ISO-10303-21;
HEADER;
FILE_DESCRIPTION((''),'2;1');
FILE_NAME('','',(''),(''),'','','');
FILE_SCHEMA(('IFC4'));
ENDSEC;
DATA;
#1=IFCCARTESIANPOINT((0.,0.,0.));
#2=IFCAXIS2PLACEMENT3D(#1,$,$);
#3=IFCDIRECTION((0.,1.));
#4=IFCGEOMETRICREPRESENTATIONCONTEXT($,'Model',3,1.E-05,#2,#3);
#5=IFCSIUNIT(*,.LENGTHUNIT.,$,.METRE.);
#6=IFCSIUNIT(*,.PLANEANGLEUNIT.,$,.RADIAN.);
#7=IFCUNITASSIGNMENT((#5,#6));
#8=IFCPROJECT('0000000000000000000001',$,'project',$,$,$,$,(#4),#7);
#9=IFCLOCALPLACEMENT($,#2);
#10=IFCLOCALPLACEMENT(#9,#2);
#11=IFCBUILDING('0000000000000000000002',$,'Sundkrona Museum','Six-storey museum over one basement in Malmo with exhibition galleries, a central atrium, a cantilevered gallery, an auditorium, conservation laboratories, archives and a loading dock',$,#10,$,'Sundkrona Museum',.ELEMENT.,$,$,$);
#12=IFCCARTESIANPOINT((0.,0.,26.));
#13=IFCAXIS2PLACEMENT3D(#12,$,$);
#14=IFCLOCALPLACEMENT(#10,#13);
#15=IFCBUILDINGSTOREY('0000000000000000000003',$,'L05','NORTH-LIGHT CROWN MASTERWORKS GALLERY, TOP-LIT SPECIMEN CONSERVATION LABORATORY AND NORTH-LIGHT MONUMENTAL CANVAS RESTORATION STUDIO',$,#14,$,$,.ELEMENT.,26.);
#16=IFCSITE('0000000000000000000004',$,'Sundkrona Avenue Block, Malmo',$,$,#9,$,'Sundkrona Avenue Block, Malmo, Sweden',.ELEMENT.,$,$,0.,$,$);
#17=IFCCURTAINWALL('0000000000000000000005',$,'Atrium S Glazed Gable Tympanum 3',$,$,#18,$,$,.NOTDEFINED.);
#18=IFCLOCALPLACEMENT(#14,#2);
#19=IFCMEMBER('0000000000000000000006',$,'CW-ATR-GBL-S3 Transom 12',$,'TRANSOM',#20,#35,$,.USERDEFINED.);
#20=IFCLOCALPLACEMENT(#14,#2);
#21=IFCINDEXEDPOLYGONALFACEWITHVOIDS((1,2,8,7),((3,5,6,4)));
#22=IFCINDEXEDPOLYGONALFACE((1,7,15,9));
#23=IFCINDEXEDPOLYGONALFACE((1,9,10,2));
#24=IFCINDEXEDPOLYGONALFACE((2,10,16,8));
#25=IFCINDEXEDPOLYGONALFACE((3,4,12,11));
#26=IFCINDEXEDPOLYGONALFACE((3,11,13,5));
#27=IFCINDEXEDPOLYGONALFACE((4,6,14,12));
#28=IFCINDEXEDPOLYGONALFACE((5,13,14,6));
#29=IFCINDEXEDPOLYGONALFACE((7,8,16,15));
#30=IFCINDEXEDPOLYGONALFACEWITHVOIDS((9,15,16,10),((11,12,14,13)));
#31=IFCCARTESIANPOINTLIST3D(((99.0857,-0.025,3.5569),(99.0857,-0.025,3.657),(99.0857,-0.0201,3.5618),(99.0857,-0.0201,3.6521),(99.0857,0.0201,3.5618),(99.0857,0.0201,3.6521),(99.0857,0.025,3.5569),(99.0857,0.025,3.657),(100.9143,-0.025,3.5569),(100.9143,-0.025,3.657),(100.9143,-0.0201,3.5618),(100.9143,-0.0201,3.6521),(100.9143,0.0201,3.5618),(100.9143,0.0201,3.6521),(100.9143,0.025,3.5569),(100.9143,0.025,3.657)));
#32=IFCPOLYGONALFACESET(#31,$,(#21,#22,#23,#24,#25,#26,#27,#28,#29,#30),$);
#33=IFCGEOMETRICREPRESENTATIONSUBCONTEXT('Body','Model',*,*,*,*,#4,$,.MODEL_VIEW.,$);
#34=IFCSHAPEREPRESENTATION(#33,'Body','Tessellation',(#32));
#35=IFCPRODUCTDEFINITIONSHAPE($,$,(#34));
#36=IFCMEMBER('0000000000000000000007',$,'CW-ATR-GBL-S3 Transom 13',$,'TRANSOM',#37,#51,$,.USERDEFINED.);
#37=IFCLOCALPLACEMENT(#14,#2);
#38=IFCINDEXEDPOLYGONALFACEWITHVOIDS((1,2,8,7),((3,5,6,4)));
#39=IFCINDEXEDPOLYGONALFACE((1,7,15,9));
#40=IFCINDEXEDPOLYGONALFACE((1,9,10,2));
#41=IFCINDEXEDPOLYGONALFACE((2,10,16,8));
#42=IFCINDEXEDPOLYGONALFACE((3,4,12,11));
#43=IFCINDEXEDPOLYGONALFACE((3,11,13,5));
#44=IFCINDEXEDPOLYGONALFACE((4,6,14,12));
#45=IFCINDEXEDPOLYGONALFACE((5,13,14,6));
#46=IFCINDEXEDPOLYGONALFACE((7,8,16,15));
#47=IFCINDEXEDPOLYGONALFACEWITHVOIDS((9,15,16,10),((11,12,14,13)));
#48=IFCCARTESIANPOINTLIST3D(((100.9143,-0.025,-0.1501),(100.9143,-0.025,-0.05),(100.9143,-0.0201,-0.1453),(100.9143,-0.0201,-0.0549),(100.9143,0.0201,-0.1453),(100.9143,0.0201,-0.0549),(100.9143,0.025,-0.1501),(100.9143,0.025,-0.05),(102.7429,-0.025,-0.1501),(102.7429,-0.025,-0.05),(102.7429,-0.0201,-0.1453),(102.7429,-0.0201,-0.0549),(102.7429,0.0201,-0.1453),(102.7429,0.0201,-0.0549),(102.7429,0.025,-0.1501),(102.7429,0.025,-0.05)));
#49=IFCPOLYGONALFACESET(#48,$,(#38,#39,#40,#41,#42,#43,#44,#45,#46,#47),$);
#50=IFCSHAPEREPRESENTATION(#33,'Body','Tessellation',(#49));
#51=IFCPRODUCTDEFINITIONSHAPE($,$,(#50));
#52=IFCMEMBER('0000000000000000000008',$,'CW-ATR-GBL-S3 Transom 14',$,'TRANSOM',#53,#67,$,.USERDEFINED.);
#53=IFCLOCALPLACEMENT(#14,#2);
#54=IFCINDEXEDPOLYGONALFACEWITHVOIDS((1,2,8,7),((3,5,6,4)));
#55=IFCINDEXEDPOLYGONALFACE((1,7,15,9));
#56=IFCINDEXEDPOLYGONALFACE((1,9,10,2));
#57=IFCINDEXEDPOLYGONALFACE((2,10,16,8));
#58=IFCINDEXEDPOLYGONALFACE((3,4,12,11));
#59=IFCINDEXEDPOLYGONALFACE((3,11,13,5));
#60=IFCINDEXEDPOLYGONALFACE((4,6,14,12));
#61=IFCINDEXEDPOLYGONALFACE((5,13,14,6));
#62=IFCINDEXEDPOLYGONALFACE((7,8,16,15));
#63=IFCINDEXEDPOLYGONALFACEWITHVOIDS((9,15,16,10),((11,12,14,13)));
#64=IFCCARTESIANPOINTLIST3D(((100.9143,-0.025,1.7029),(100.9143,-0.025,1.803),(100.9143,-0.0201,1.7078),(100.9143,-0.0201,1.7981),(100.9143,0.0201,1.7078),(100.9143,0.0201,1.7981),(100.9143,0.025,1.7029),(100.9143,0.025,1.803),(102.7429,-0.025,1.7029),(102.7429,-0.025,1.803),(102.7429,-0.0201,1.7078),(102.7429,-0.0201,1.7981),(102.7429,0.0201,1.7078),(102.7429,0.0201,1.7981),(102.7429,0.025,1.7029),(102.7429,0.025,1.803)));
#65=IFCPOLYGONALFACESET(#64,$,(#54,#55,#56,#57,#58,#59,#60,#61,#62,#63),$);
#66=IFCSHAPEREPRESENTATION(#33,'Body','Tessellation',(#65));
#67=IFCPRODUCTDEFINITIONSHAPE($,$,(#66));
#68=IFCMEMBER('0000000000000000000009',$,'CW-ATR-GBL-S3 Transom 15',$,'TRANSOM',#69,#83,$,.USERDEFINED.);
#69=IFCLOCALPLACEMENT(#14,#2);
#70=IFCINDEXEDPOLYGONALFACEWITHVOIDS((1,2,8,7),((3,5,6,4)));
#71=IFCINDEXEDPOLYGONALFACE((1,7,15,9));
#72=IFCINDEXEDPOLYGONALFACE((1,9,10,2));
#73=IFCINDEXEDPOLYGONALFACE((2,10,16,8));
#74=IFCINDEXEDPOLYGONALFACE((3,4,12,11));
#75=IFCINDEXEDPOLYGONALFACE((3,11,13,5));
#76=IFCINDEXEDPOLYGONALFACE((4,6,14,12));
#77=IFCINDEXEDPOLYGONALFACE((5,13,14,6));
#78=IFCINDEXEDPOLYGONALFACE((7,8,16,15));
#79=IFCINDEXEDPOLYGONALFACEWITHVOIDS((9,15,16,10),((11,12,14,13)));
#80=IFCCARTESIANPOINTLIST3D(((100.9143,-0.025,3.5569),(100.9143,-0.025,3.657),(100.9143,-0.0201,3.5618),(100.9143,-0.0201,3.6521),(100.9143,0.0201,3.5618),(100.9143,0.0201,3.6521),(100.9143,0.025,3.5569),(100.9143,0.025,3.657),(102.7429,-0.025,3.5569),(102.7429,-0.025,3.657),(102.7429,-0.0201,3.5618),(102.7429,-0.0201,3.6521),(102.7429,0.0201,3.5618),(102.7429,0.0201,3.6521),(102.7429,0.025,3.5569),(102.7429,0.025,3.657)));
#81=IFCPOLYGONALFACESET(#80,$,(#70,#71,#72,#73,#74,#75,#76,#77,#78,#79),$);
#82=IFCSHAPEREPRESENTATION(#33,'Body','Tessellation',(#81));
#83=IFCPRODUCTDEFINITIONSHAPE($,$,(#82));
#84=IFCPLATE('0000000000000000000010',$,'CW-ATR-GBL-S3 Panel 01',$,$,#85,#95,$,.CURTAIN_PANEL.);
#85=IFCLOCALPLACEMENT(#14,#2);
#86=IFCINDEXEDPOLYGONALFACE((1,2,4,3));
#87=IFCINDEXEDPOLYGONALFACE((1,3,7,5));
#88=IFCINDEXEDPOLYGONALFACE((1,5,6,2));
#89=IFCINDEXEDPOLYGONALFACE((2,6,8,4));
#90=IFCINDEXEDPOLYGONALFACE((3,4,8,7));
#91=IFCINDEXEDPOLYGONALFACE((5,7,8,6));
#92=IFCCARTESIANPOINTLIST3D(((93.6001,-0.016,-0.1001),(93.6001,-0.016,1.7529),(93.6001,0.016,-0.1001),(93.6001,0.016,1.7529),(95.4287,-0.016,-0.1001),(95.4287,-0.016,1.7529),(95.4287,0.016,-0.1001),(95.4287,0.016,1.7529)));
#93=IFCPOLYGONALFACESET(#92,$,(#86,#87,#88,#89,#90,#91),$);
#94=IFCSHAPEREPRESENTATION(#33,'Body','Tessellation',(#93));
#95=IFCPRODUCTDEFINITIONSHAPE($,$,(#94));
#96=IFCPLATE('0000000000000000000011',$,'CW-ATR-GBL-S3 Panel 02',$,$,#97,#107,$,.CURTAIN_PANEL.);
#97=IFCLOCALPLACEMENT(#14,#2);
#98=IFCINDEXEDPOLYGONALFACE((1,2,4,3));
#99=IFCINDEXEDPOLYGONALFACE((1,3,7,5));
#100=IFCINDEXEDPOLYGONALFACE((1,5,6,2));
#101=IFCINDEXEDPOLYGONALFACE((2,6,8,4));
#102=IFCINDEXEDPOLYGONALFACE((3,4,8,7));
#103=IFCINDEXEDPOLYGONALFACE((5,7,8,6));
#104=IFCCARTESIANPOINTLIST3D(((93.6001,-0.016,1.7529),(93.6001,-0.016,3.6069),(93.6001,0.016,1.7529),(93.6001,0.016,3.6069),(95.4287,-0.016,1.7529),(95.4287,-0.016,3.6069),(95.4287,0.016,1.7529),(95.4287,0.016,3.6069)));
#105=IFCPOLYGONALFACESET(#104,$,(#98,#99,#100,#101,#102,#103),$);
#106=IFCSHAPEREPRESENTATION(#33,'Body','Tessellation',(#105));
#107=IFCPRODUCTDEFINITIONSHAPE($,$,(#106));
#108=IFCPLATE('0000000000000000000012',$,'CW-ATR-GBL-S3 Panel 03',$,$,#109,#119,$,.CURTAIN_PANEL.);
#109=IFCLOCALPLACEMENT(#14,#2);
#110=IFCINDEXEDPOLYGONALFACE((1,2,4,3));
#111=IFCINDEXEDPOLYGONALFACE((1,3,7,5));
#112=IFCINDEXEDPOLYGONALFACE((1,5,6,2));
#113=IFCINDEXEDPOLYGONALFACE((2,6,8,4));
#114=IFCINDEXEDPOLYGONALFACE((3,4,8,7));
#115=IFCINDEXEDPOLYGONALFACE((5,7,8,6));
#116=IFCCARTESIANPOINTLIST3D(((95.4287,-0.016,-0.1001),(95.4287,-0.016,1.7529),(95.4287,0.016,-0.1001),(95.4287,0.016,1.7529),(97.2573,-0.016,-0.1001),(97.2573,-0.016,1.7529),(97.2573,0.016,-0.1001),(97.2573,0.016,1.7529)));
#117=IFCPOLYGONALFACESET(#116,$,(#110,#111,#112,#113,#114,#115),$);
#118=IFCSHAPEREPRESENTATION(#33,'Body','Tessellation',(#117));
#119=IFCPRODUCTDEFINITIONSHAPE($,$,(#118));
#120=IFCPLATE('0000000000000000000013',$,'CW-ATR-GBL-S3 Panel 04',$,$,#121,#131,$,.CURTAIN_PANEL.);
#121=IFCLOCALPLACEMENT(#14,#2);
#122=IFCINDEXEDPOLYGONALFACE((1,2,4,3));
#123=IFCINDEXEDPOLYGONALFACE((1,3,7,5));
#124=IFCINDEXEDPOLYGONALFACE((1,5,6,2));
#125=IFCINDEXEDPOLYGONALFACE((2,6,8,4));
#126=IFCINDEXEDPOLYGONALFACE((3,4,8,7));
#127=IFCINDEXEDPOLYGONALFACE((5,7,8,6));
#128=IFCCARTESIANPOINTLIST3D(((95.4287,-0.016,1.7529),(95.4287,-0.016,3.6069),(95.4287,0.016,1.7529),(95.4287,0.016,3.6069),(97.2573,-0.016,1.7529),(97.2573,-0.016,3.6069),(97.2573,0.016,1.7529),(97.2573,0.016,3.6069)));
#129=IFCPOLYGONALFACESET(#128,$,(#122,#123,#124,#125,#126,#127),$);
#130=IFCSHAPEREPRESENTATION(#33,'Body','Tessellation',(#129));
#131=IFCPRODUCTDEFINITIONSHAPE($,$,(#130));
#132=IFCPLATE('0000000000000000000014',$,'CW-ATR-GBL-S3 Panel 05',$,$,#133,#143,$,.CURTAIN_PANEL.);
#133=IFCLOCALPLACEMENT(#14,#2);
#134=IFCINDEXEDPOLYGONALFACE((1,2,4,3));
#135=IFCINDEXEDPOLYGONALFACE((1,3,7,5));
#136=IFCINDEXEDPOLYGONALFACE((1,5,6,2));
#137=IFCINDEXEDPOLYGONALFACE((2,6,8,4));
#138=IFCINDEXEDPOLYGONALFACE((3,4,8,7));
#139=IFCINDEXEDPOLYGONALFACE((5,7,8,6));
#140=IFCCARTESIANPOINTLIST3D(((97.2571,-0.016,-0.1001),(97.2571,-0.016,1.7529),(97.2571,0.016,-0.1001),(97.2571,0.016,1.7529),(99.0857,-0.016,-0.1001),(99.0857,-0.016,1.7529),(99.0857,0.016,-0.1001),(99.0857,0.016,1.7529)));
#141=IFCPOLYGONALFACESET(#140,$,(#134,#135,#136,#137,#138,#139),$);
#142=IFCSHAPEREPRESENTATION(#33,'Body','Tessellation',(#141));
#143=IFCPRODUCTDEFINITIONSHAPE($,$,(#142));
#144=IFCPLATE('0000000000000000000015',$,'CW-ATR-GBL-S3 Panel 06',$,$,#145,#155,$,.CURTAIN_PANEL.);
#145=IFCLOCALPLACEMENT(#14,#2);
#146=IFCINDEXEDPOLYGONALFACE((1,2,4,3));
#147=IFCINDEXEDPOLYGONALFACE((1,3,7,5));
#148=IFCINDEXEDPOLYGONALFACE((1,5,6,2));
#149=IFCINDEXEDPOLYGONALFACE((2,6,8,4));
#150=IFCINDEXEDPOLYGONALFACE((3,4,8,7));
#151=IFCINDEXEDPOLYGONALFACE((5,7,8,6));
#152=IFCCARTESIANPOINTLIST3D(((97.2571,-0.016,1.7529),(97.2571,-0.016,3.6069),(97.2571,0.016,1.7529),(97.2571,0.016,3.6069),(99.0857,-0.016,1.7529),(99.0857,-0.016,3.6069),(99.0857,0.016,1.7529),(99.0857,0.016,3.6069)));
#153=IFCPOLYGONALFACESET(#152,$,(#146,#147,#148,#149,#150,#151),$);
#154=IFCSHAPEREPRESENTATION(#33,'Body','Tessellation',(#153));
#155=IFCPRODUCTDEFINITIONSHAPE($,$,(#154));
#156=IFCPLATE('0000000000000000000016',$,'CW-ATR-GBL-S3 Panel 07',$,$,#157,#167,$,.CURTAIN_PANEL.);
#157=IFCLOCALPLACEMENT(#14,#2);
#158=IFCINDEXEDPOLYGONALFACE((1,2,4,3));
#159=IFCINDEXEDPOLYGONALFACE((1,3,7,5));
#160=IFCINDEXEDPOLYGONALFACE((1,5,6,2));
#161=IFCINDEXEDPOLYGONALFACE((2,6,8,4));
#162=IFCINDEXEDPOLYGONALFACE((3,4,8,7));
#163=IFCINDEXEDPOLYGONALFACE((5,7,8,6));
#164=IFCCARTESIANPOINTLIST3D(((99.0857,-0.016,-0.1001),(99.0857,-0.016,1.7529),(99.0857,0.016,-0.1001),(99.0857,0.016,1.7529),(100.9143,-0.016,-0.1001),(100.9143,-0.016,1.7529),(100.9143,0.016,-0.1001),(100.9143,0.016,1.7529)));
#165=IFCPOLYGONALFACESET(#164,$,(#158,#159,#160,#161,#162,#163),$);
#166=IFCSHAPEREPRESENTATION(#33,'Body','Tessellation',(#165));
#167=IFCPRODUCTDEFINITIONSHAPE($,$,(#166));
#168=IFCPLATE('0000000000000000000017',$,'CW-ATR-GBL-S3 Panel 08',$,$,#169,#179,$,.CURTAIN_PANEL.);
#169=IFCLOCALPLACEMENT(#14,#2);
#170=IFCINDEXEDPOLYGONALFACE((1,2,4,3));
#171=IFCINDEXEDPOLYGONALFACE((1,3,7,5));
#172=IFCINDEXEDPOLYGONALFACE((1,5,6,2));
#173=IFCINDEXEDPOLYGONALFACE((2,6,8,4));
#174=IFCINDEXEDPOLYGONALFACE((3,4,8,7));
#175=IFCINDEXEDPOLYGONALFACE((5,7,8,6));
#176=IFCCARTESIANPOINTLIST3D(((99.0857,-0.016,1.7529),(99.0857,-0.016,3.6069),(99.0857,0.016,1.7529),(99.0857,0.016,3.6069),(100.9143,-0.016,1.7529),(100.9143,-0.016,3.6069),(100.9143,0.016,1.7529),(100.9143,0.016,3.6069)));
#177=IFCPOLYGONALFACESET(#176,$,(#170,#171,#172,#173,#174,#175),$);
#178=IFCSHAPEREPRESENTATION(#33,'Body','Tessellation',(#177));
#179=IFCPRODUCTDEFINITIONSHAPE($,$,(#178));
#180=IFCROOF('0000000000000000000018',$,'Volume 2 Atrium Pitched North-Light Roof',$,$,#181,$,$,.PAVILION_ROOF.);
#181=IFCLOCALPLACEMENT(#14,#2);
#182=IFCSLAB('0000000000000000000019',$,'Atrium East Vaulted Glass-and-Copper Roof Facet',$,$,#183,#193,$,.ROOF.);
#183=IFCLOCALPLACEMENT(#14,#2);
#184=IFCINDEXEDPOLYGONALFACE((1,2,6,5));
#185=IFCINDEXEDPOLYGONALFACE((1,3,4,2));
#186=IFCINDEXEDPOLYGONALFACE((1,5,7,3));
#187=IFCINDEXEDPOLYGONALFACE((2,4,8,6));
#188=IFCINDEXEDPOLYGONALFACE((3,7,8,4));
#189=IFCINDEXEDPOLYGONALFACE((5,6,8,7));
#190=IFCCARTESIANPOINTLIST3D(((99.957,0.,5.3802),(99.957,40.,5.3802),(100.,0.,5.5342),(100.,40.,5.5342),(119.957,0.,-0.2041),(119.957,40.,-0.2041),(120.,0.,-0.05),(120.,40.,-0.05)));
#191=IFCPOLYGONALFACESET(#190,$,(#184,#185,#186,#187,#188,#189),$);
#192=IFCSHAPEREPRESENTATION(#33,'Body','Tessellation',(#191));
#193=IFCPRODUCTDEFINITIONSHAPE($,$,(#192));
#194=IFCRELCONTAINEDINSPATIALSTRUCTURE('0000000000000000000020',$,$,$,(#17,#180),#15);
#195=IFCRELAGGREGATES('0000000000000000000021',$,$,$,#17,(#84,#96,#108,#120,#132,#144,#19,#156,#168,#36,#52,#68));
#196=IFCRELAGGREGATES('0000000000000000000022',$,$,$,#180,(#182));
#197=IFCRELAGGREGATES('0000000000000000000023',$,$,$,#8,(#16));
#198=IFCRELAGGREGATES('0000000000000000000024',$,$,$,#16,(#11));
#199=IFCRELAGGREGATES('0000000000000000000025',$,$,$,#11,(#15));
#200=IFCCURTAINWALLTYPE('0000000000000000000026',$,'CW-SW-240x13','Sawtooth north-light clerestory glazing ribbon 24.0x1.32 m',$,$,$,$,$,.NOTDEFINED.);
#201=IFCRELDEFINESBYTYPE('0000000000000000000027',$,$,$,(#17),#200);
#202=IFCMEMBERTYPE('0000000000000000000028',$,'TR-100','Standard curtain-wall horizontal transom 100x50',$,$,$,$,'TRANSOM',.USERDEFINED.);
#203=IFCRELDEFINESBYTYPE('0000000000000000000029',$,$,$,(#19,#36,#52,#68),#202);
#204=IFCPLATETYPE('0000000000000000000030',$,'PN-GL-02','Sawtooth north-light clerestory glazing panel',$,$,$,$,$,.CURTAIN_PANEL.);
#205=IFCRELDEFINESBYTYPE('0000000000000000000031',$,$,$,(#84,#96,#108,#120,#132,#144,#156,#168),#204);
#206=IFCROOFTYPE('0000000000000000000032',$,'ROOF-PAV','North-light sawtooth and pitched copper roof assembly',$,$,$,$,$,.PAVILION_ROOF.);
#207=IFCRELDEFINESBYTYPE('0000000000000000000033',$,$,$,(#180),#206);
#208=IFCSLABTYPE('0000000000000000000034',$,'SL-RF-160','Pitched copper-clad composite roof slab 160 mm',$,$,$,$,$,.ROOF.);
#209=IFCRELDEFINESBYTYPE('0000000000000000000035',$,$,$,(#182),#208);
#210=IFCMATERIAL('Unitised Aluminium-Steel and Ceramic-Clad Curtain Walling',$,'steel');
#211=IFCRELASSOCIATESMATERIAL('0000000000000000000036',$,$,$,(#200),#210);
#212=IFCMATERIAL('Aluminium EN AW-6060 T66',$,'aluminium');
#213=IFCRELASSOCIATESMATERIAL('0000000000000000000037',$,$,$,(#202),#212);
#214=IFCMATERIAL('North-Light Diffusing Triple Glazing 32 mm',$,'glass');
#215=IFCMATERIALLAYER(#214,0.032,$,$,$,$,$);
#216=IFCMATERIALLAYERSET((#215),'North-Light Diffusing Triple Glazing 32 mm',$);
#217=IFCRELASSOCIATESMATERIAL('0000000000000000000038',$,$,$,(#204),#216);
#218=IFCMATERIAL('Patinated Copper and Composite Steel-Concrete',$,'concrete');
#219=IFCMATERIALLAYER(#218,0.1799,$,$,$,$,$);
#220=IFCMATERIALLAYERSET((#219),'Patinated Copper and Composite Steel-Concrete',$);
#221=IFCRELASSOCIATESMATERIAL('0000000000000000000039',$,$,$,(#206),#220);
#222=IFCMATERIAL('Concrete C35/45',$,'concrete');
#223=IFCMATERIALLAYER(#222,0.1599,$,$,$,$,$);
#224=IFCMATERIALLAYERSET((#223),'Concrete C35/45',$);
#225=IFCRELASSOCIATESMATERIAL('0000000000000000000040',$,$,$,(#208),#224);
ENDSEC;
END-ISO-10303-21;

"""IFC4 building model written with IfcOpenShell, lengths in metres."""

from ifc_helpers import new_model, si_unit, direction, frame, origin, origin_2d, place, context, subcontext, project, spatial, polyline, rectangle, hollow_rectangle, outline, extrude, material, layer, layer_set, material_profile, profile_set, type_object, element, aggregate, save


model = new_model("IFC4")

# Units and contexts
model_context = context("Model", 3, precision=1e-05, world=origin(), true_north=direction((0.0, 1.0)))
body_context = subcontext(model_context, "Body", "Model", "MODEL_VIEW")
ifc_project = project(units=[si_unit("LENGTHUNIT", "METRE"), si_unit("PLANEANGLEUNIT", "RADIAN")], contexts=[model_context])

# Site, building, storey
site_placement = place(None, origin())
site = spatial("IfcSite", under=ifc_project, at=site_placement, Name="Sundkrona Avenue Block, Malmo", LongName="Sundkrona Avenue Block, Malmo, Sweden", CompositionType="ELEMENT", RefElevation=0.0)
building_placement = place(site_placement, origin())
building = spatial("IfcBuilding", under=site, at=building_placement, Name="Sundkrona Museum", Description="Six-storey museum over one basement in Malmo with exhibition galleries, a central atrium, a cantilevered gallery, an auditorium, conservation laboratories, archives and a loading dock", LongName="Sundkrona Museum", CompositionType="ELEMENT")
storey_placement = place(building_placement, frame((0.0, 0.0, 26.0)))
storey = spatial("IfcBuildingStorey", under=building, at=storey_placement, Name="L05", Description="NORTH-LIGHT CROWN MASTERWORKS GALLERY, TOP-LIT SPECIMEN CONSERVATION LABORATORY AND NORTH-LIGHT MONUMENTAL CANVAS RESTORATION STUDIO", CompositionType="ELEMENT", Elevation=26.0)

# Curtain wall
ifc_material_1 = material(Name="Unitised Aluminium-Steel and Ceramic-Clad Curtain Walling", Category="steel")
curtain_wall_type = type_object("IfcCurtainWallType", Name="CW-SW-240x13", Description="Sawtooth north-light clerestory glazing ribbon 24.0x1.32 m", PredefinedType="NOTDEFINED", material=ifc_material_1)
curtain_wall_placement = place(storey_placement, origin())
curtain_wall = element("IfcCurtainWall", 1, at=curtain_wall_placement, inside=storey, type_object=curtain_wall_type, Name="Atrium S Glazed Gable Tympanum 3", PredefinedType="NOTDEFINED")
ifc_material_2 = material(Name="Aluminium EN AW-6060 T66", Category="aluminium")

# Members
ifc_material_profile_1 = material_profile(ifc_material_2, hollow_rectangle(XDim=0.05, YDim=0.1001, WallThickness=0.0049, at=origin_2d()), Name="RHS 100x50x5.0")
ifc_profile_set_1 = profile_set([ifc_material_profile_1], Name="Aluminium EN AW-6060 T66")
member_type_1 = type_object("IfcMemberType", Name="TR-100", Description="Standard curtain-wall horizontal transom 100x50", ElementType="TRANSOM", PredefinedType="USERDEFINED", material=ifc_profile_set_1)
member_1_placement = place(storey_placement, frame((99.0857, 0.0, 3.6069), z_axis=(1.0, 0.0, 0.0), x_axis=(0.0, 1.0, 0.0)))
member_1 = element("IfcMember", 2, at=member_1_placement, type_object=member_type_1, Name="CW-ATR-GBL-S3 Transom 12", ObjectType="TRANSOM", PredefinedType="USERDEFINED", context=body_context, shape_type="SweptSolid", body=[
    extrude(hollow_rectangle(XDim=0.05, YDim=0.1001, WallThickness=0.0049, at=origin_2d()), origin(), (0.0, 0.0, 1.0), 1.8286),
])
member_2_placement = place(storey_placement, frame((100.9143, 0.0, -0.1001), z_axis=(1.0, 0.0, 0.0), x_axis=(0.0, 1.0, 0.0)))
member_2 = element("IfcMember", 3, at=member_2_placement, type_object=member_type_1, Name="CW-ATR-GBL-S3 Transom 13", ObjectType="TRANSOM", PredefinedType="USERDEFINED", context=body_context, shape_type="SweptSolid", body=[
    extrude(hollow_rectangle(XDim=0.05, YDim=0.1001, WallThickness=0.0049, at=origin_2d()), origin(), (0.0, 0.0, 1.0), 1.8286),
])
member_3_placement = place(storey_placement, frame((100.9143, 0.0, 1.7529), z_axis=(1.0, 0.0, 0.0), x_axis=(0.0, 1.0, 0.0)))
member_3 = element("IfcMember", 4, at=member_3_placement, type_object=member_type_1, Name="CW-ATR-GBL-S3 Transom 14", ObjectType="TRANSOM", PredefinedType="USERDEFINED", context=body_context, shape_type="SweptSolid", body=[
    extrude(hollow_rectangle(XDim=0.05, YDim=0.1001, WallThickness=0.0049, at=origin_2d()), origin(), (0.0, 0.0, 1.0), 1.8286),
])
member_4_placement = place(storey_placement, frame((100.9143, 0.0, 3.6069), z_axis=(1.0, 0.0, 0.0), x_axis=(0.0, 1.0, 0.0)))
member_4 = element("IfcMember", 5, at=member_4_placement, type_object=member_type_1, Name="CW-ATR-GBL-S3 Transom 15", ObjectType="TRANSOM", PredefinedType="USERDEFINED", context=body_context, shape_type="SweptSolid", body=[
    extrude(hollow_rectangle(XDim=0.05, YDim=0.1001, WallThickness=0.0049, at=origin_2d()), origin(), (0.0, 0.0, 1.0), 1.8286),
])

# Plates
ifc_material_3 = material(Name="North-Light Diffusing Triple Glazing 32 mm", Category="glass")
ifc_layer_1 = layer(ifc_material_3, 0.032)
ifc_layer_set_1 = layer_set([ifc_layer_1], Name="North-Light Diffusing Triple Glazing 32 mm")
plate_type = type_object("IfcPlateType", Name="PN-GL-02", Description="Sawtooth north-light clerestory glazing panel", PredefinedType="CURTAIN_PANEL", material=ifc_layer_set_1)
plate_1_placement = place(storey_placement, frame((94.5144, 0.0, -0.1001), z_axis=(0.0, 0.0, 1.0), x_axis=(1.0, 0.0, 0.0)))
plate_1 = element("IfcPlate", 6, at=plate_1_placement, type_object=plate_type, Name="CW-ATR-GBL-S3 Panel 01", PredefinedType="CURTAIN_PANEL", context=body_context, shape_type="SweptSolid", body=[
    extrude(rectangle(XDim=1.8286, YDim=0.032, at=origin_2d()), origin(), (0.0, 0.0, 1.0), 1.853),
])
plate_2_placement = place(storey_placement, frame((94.5144, 0.0, 1.7529), z_axis=(0.0, 0.0, 1.0), x_axis=(1.0, 0.0, 0.0)))
plate_2 = element("IfcPlate", 7, at=plate_2_placement, type_object=plate_type, Name="CW-ATR-GBL-S3 Panel 02", PredefinedType="CURTAIN_PANEL", context=body_context, shape_type="SweptSolid", body=[
    extrude(rectangle(XDim=1.8286, YDim=0.032, at=origin_2d()), origin(), (0.0, 0.0, 1.0), 1.854),
])
plate_3_placement = place(storey_placement, frame((96.343, 0.0, -0.1001), z_axis=(0.0, 0.0, 1.0), x_axis=(1.0, 0.0, 0.0)))
plate_3 = element("IfcPlate", 8, at=plate_3_placement, type_object=plate_type, Name="CW-ATR-GBL-S3 Panel 03", PredefinedType="CURTAIN_PANEL", context=body_context, shape_type="SweptSolid", body=[
    extrude(rectangle(XDim=1.8286, YDim=0.032, at=origin_2d()), origin(), (0.0, 0.0, 1.0), 1.853),
])
plate_4_placement = place(storey_placement, frame((96.343, 0.0, 1.7529), z_axis=(0.0, 0.0, 1.0), x_axis=(1.0, 0.0, 0.0)))
plate_4 = element("IfcPlate", 9, at=plate_4_placement, type_object=plate_type, Name="CW-ATR-GBL-S3 Panel 04", PredefinedType="CURTAIN_PANEL", context=body_context, shape_type="SweptSolid", body=[
    extrude(rectangle(XDim=1.8286, YDim=0.032, at=origin_2d()), origin(), (0.0, 0.0, 1.0), 1.854),
])
plate_5_placement = place(storey_placement, frame((98.1714, 0.0, -0.1001), z_axis=(0.0, 0.0, 1.0), x_axis=(1.0, 0.0, 0.0)))
plate_5 = element("IfcPlate", 10, at=plate_5_placement, type_object=plate_type, Name="CW-ATR-GBL-S3 Panel 05", PredefinedType="CURTAIN_PANEL", context=body_context, shape_type="SweptSolid", body=[
    extrude(rectangle(XDim=1.8286, YDim=0.032, at=origin_2d()), origin(), (0.0, 0.0, 1.0), 1.853),
])
plate_6_placement = place(storey_placement, frame((98.1714, 0.0, 1.7529), z_axis=(0.0, 0.0, 1.0), x_axis=(1.0, 0.0, 0.0)))
plate_6 = element("IfcPlate", 11, at=plate_6_placement, type_object=plate_type, Name="CW-ATR-GBL-S3 Panel 06", PredefinedType="CURTAIN_PANEL", context=body_context, shape_type="SweptSolid", body=[
    extrude(rectangle(XDim=1.8286, YDim=0.032, at=origin_2d()), origin(), (0.0, 0.0, 1.0), 1.854),
])
plate_7_placement = place(storey_placement, frame((100.0, 0.0, -0.1001), z_axis=(0.0, 0.0, 1.0), x_axis=(1.0, 0.0, 0.0)))
plate_7 = element("IfcPlate", 12, at=plate_7_placement, type_object=plate_type, Name="CW-ATR-GBL-S3 Panel 07", PredefinedType="CURTAIN_PANEL", context=body_context, shape_type="SweptSolid", body=[
    extrude(rectangle(XDim=1.8286, YDim=0.032, at=origin_2d()), origin(), (0.0, 0.0, 1.0), 1.853),
])
plate_8_placement = place(storey_placement, frame((100.0, 0.0, 1.7529), z_axis=(0.0, 0.0, 1.0), x_axis=(1.0, 0.0, 0.0)))
plate_8 = element("IfcPlate", 13, at=plate_8_placement, type_object=plate_type, Name="CW-ATR-GBL-S3 Panel 08", PredefinedType="CURTAIN_PANEL", context=body_context, shape_type="SweptSolid", body=[
    extrude(rectangle(XDim=1.8286, YDim=0.032, at=origin_2d()), origin(), (0.0, 0.0, 1.0), 1.854),
])
aggregate(curtain_wall, [plate_1, plate_2, plate_3, plate_4, plate_5, plate_6, member_1, plate_7, plate_8, member_2, member_3, member_4])

# Roof, slab
ifc_material_4 = material(Name="Patinated Copper and Composite Steel-Concrete", Category="concrete")
ifc_layer_2 = layer(ifc_material_4, 0.1799)
ifc_layer_set_2 = layer_set([ifc_layer_2], Name="Patinated Copper and Composite Steel-Concrete")
roof_type = type_object("IfcRoofType", Name="ROOF-PAV", Description="North-light sawtooth and pitched copper roof assembly", PredefinedType="PAVILION_ROOF", material=ifc_layer_set_2)
roof_placement = place(storey_placement, origin())
roof = element("IfcRoof", 14, at=roof_placement, inside=storey, type_object=roof_type, Name="Volume 2 Atrium Pitched North-Light Roof", PredefinedType="PAVILION_ROOF")
ifc_material_5 = material(Name="Concrete C35/45", Category="concrete")
ifc_layer_3 = layer(ifc_material_5, 0.1599)
ifc_layer_set_3 = layer_set([ifc_layer_3], Name="Concrete C35/45")
slab_type = type_object("IfcSlabType", Name="SL-RF-160", Description="Pitched copper-clad composite roof slab 160 mm", PredefinedType="ROOF", material=ifc_layer_set_3)
slab_placement = place(storey_placement, frame((100.0, 0.0, 5.5342), z_axis=(0.268926, 0.0, 0.963161), x_axis=(0.963161, 0.0, -0.268926)))
slab = element("IfcSlab", 15, at=slab_placement, type_object=slab_type, Name="Atrium East Vaulted Glass-and-Copper Roof Facet", PredefinedType="ROOF", context=body_context, shape_type="SweptSolid", body=[
    extrude(outline(polyline([(0.0, 0.0), (20.765, 0.0), (20.765, 40.0), (0.0, 40.0), (0.0, 0.0)])), origin(), (0.0, 0.0, -1.0), 0.1599),
])
aggregate(roof, [slab])

save(model, "model.ifc")
